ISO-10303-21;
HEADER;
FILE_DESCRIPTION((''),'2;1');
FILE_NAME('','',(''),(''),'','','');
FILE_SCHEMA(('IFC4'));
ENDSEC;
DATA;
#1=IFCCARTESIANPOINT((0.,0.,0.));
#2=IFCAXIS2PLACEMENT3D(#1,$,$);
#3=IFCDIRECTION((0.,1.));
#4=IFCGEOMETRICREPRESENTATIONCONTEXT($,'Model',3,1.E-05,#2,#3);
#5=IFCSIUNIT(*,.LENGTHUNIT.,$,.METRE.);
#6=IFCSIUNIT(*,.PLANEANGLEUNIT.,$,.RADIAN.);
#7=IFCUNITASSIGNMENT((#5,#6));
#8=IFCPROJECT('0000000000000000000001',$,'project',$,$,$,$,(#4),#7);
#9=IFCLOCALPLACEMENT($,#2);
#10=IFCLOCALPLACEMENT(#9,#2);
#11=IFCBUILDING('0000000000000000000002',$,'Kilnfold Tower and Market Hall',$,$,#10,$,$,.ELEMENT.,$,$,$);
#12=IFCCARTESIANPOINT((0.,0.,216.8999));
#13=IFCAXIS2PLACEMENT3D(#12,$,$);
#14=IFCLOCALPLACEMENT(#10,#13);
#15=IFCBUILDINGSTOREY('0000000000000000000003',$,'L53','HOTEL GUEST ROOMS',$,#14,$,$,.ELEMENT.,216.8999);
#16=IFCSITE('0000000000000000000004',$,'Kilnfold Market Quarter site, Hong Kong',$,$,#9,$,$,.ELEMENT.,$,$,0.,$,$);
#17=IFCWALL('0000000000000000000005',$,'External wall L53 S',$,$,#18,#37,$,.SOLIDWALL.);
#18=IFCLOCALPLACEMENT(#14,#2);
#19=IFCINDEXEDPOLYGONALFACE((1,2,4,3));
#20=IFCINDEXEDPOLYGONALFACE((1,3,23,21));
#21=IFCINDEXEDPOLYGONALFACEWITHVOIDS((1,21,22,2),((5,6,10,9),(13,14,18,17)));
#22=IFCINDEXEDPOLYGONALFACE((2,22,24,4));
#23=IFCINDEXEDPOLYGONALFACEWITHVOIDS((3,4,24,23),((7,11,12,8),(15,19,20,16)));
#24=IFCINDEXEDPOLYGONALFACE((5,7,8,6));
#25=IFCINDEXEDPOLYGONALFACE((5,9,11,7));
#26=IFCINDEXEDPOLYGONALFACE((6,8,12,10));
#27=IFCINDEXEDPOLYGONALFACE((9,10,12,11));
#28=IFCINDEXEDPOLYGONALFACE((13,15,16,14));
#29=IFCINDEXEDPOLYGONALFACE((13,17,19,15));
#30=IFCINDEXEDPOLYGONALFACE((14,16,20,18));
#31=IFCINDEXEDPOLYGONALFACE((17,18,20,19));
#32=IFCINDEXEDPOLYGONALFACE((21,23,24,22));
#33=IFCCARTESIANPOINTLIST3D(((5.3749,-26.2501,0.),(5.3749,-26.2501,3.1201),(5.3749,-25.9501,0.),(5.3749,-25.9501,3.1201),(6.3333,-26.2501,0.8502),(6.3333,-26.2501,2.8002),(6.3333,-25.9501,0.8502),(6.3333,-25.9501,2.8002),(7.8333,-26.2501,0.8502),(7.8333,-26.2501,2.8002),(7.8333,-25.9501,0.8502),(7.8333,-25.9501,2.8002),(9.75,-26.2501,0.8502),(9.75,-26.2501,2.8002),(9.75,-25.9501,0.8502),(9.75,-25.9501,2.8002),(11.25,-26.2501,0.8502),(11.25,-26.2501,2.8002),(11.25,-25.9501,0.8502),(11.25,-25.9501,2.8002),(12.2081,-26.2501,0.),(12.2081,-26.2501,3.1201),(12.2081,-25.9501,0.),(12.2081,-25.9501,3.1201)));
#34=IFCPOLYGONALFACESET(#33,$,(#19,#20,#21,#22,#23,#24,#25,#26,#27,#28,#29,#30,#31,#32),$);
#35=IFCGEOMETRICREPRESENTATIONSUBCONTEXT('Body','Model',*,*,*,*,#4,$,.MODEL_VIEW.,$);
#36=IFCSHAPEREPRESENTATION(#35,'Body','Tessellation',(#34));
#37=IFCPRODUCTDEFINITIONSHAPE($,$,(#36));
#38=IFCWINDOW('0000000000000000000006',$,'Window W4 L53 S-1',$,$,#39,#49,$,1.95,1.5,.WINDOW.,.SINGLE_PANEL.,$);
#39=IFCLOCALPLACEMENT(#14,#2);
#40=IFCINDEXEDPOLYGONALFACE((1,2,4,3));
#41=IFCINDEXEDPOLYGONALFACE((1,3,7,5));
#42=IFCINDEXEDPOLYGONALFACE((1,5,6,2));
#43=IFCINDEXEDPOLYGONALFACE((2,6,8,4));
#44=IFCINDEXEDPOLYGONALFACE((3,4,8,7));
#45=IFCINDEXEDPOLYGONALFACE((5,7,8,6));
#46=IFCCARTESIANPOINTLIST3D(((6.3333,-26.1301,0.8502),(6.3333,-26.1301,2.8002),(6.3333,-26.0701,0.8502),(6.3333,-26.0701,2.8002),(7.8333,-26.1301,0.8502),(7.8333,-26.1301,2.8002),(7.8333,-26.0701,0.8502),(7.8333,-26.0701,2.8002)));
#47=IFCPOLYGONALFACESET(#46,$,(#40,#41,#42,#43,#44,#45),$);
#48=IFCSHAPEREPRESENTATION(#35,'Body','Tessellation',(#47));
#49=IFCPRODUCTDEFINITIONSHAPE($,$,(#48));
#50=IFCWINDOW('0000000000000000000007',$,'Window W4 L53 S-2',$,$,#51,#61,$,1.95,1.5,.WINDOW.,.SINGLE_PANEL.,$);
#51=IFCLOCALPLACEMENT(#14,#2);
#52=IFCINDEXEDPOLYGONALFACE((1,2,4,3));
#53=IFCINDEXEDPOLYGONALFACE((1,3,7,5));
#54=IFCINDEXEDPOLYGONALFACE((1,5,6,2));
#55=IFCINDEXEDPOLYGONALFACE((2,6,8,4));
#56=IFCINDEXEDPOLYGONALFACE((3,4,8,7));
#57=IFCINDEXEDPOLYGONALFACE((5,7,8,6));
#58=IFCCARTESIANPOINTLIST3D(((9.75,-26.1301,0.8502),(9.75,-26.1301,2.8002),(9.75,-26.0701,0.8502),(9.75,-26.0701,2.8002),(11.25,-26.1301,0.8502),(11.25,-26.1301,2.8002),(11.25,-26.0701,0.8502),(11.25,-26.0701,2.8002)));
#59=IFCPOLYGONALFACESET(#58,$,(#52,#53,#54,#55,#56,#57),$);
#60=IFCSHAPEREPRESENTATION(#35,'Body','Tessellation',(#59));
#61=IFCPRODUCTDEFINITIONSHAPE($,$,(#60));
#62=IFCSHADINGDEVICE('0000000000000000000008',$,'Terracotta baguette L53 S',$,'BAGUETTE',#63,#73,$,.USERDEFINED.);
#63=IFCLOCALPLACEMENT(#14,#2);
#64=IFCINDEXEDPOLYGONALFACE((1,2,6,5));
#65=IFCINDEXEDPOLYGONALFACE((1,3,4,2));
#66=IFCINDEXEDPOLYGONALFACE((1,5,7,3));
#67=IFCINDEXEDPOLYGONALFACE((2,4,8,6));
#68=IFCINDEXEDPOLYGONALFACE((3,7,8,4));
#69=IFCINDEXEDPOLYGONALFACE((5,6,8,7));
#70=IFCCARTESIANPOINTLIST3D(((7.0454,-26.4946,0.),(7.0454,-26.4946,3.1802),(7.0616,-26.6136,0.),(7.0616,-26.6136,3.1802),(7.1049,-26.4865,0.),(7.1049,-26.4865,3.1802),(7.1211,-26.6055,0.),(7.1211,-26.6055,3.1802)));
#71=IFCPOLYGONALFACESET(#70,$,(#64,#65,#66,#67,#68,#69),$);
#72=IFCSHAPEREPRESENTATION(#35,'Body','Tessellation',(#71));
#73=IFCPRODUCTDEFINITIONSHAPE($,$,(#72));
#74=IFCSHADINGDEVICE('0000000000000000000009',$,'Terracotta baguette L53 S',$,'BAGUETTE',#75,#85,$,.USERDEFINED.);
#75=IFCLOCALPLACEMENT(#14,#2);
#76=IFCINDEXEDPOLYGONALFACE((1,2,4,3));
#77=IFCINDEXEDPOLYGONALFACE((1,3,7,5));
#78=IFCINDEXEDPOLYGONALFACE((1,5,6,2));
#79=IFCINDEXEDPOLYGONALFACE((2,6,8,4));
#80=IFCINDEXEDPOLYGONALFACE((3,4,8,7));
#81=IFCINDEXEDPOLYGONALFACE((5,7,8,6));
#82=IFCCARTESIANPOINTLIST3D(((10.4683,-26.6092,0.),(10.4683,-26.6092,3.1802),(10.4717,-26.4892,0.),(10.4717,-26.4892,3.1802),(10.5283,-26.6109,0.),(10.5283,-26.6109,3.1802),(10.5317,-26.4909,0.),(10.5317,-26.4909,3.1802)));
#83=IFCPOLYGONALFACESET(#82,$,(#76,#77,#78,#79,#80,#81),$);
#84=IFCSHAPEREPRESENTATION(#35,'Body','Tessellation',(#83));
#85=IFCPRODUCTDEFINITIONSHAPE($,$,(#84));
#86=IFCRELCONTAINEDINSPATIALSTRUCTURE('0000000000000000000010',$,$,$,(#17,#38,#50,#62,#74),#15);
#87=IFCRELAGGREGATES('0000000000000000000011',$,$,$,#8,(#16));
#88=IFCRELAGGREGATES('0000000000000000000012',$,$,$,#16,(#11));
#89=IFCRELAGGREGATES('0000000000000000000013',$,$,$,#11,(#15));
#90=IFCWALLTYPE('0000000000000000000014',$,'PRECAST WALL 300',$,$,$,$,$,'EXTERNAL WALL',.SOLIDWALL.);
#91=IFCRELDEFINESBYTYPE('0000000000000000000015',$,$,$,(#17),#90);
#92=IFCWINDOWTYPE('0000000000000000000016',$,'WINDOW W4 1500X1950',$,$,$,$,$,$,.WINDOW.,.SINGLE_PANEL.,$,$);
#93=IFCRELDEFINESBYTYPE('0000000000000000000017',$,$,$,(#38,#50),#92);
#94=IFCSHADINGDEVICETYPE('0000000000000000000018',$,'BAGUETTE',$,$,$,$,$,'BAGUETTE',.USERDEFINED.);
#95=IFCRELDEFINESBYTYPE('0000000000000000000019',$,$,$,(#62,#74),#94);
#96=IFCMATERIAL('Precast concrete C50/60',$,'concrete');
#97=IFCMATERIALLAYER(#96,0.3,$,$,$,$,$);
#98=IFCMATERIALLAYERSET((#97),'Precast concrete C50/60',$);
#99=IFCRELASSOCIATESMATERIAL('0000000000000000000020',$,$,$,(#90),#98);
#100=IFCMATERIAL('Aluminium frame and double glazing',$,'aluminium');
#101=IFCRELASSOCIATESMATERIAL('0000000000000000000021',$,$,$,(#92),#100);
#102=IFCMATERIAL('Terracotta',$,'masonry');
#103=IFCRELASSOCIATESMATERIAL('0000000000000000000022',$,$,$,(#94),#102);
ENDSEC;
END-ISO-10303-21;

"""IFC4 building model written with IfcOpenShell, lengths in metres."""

from ifc_helpers import new_model, si_unit, direction, frame, frame_2d, origin, origin_2d, place, context, subcontext, project, spatial, rectangle, extrude, source, transform, mapped, material, layer, layer_set, material_profile, profile_set, type_object, element, fill, save


model = new_model("IFC4")

# Units and contexts
model_context = context("Model", 3, precision=1e-05, world=origin(), true_north=direction((0.0, 1.0)))
body_context = subcontext(model_context, "Body", "Model", "MODEL_VIEW")
ifc_project = project(units=[si_unit("LENGTHUNIT", "METRE"), si_unit("PLANEANGLEUNIT", "RADIAN")], contexts=[model_context])

# Site, building, storey
site_placement = place(None, origin())
site = spatial("IfcSite", under=ifc_project, at=site_placement, Name="Kilnfold Market Quarter site, Hong Kong", CompositionType="ELEMENT", RefElevation=0.0)
building_placement = place(site_placement, origin())
building = spatial("IfcBuilding", under=site, at=building_placement, Name="Kilnfold Tower and Market Hall", CompositionType="ELEMENT")
storey_placement = place(building_placement, frame((0.0, 0.0, 216.8999)))
storey = spatial("IfcBuildingStorey", under=building, at=storey_placement, Name="L53", Description="HOTEL GUEST ROOMS", CompositionType="ELEMENT", Elevation=216.8999)

# Wall, openings, windows
ifc_material_1 = material(Name="Precast concrete C50/60", Category="concrete")
ifc_layer_1 = layer(ifc_material_1, 0.3)
ifc_layer_set_1 = layer_set([ifc_layer_1], Name="Precast concrete C50/60")
wall_type_1 = type_object("IfcWallType", Name="PRECAST WALL 300", ElementType="EXTERNAL WALL", PredefinedType="SOLIDWALL", material=ifc_layer_set_1)
shared_shape_1 = source(origin(), body_context, "Body", "SweptSolid", [
    extrude(rectangle(XDim=6.8333, YDim=0.3, at=frame_2d((3.4165, 0.0))), origin(), (0.0, 0.0, 1.0), 3.1201),
])
wall_1_placement = place(storey_placement, frame((5.375, -26.1001, 0.0), z_axis=(0.0, 0.0, 1.0), x_axis=(1.0, 0.0, 0.0)))
wall_1 = element("IfcWall", 1, at=wall_1_placement, inside=storey, type_object=wall_type_1, Name="External wall L53 S", PredefinedType="SOLIDWALL", context=body_context, shape_type="MappedRepresentation", body=[
    mapped(shared_shape_1, transform((0.0, 0.0, 0.0))),
])
opening_1_placement = place(wall_1_placement, frame((0.9583, 0.0, 0.8501)))
opening_1 = element("IfcOpeningElement", 2, at=opening_1_placement, cuts=wall_1, PredefinedType="OPENING", context=body_context, shape_type="SweptSolid", body=[
    extrude(rectangle(XDim=1.5, YDim=1.95, at=frame_2d((0.75, 0.9751))), frame((0.0, 0.1602, 0.0), z_axis=(0.0, -1.0, 0.0), x_axis=(1.0, 0.0, 0.0)), (0.0, 0.0, 1.0), 0.3201),
])
opening_2_placement = place(wall_1_placement, frame((4.375, 0.0, 0.8501)))
opening_2 = element("IfcOpeningElement", 3, at=opening_2_placement, cuts=wall_1, PredefinedType="OPENING", context=body_context, shape_type="SweptSolid", body=[
    extrude(rectangle(XDim=1.5, YDim=1.95, at=frame_2d((0.75, 0.9751))), frame((0.0, 0.1602, 0.0), z_axis=(0.0, -1.0, 0.0), x_axis=(1.0, 0.0, 0.0)), (0.0, 0.0, 1.0), 0.3201),
])
ifc_material_2 = material(Name="Aluminium frame and double glazing", Category="aluminium")
window_type = type_object("IfcWindowType", Name="WINDOW W4 1500X1950", PartitioningType="SINGLE_PANEL", PredefinedType="WINDOW", material=ifc_material_2)
window_1_placement = place(opening_1_placement, origin())
window_1 = element("IfcWindow", 4, at=window_1_placement, inside=storey, type_object=window_type, Name="Window W4 L53 S-1", OverallHeight=1.95, OverallWidth=1.5, PartitioningType="SINGLE_PANEL", PredefinedType="WINDOW", context=body_context, shape_type="SweptSolid", body=[
    extrude(rectangle(XDim=1.5, YDim=1.95, at=frame_2d((0.75, 0.9751))), frame((0.0, 0.03, 0.0), z_axis=(0.0, -1.0, 0.0), x_axis=(1.0, 0.0, 0.0)), (0.0, 0.0, 1.0), 0.0601),
])
fill(opening_1, window_1)
window_2_placement = place(opening_2_placement, origin())
window_2 = element("IfcWindow", 5, at=window_2_placement, inside=storey, type_object=window_type, Name="Window W4 L53 S-2", OverallHeight=1.95, OverallWidth=1.5, PartitioningType="SINGLE_PANEL", PredefinedType="WINDOW", context=body_context, shape_type="SweptSolid", body=[
    extrude(rectangle(XDim=1.5, YDim=1.95, at=frame_2d((0.75, 0.9751))), frame((0.0, 0.03, 0.0), z_axis=(0.0, -1.0, 0.0), x_axis=(1.0, 0.0, 0.0)), (0.0, 0.0, 1.0), 0.0601),
])
fill(opening_2, window_2)

# Shading devices
ifc_material_3 = material(Name="Terracotta", Category="masonry")
ifc_material_profile_1 = material_profile(ifc_material_3, rectangle(XDim=0.0601, YDim=0.1201, at=origin_2d()), Name="BAG 60x120")
ifc_profile_set_1 = profile_set([ifc_material_profile_1], Name="Terracotta")
shading_device_type = type_object("IfcShadingDeviceType", Name="BAGUETTE", ElementType="BAGUETTE", PredefinedType="USERDEFINED", material=ifc_profile_set_1)
shared_shape_2 = source(origin(), body_context, "Body", "SweptSolid", [
    extrude(rectangle(XDim=0.0601, YDim=0.1201, at=origin_2d()), origin(), (0.0, 0.0, 1.0), 3.1802),
])
for number, where, z_axis, x_axis, name in (
    (6, (7.0833, -26.55, 0.0), (0.0, 0.0, 1.0), (0.990835, 0.135081, 0.0), "Terracotta baguette L53 S"),
    (7, (10.5, -26.55, 0.0), (0.0, 0.0, 1.0), (0.99959, -0.028618, 0.0), "Terracotta baguette L53 S"),
):
    element("IfcShadingDevice", number, at=place(storey_placement, frame(where, z_axis=z_axis, x_axis=x_axis)), inside=storey, type_object=shading_device_type, Name=name, ObjectType="BAGUETTE", PredefinedType="USERDEFINED", context=body_context, shape_type="MappedRepresentation", body=[
        mapped(shared_shape_2, transform((0.0, 0.0, 0.0))),
    ])

save(model, "model.ifc")
